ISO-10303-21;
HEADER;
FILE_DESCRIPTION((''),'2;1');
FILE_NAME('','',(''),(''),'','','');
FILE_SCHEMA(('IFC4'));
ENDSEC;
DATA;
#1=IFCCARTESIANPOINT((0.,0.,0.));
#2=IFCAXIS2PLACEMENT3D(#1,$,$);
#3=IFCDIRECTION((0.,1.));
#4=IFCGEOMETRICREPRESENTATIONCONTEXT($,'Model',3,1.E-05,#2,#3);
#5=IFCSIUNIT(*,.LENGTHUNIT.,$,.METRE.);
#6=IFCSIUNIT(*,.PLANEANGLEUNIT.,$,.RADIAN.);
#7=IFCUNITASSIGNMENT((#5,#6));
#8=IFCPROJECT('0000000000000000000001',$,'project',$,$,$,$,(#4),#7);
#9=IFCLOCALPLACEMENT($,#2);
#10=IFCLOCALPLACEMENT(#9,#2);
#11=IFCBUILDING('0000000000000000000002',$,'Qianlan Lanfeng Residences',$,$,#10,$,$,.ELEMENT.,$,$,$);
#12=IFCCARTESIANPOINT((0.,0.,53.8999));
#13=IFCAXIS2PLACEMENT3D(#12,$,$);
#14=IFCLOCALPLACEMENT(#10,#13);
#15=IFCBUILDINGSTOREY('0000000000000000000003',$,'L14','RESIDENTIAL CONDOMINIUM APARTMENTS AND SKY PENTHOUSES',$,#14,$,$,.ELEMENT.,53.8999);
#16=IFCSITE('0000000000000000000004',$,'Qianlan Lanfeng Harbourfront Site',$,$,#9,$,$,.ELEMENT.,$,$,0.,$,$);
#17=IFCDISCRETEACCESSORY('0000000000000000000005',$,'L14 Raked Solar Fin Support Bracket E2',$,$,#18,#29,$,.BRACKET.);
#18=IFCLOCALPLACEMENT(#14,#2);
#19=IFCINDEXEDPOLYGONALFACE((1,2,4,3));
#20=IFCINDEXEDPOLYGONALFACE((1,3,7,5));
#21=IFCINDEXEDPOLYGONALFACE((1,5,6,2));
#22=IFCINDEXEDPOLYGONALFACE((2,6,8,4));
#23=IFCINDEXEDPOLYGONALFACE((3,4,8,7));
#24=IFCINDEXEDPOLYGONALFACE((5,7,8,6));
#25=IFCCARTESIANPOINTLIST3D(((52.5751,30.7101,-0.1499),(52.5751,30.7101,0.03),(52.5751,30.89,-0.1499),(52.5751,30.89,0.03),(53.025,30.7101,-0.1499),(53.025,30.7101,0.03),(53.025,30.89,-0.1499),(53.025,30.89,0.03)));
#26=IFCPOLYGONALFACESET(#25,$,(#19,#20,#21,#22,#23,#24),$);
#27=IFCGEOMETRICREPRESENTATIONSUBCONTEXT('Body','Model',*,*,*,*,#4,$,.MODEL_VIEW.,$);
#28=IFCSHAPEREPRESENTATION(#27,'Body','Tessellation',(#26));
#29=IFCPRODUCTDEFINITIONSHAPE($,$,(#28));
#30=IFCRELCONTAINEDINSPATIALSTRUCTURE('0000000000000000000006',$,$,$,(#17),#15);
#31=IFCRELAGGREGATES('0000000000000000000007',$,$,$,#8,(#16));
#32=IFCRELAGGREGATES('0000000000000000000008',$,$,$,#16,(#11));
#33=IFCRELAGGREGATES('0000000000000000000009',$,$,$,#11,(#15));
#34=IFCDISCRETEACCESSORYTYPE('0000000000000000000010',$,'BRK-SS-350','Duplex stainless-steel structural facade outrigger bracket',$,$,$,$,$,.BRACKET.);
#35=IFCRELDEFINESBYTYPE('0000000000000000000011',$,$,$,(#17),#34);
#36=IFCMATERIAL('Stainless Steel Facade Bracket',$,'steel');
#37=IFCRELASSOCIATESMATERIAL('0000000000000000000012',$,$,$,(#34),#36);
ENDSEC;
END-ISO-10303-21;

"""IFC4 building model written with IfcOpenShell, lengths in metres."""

from ifc_helpers import new_model, si_unit, direction, frame, origin, origin_2d, place, context, subcontext, project, spatial, rectangle, extrude, source, transform, mapped, material, type_object, element, save


model = new_model("IFC4")

# Units and contexts
model_context = context("Model", 3, precision=1e-05, world=origin(), true_north=direction((0.0, 1.0)))
body_context = subcontext(model_context, "Body", "Model", "MODEL_VIEW")
ifc_project = project(units=[si_unit("LENGTHUNIT", "METRE"), si_unit("PLANEANGLEUNIT", "RADIAN")], contexts=[model_context])

# Site, building, storey
site_placement = place(None, origin())
site = spatial("IfcSite", under=ifc_project, at=site_placement, Name="Qianlan Lanfeng Harbourfront Site", CompositionType="ELEMENT", RefElevation=0.0)
building_placement = place(site_placement, origin())
building = spatial("IfcBuilding", under=site, at=building_placement, Name="Qianlan Lanfeng Residences", CompositionType="ELEMENT")
storey_placement = place(building_placement, frame((0.0, 0.0, 53.8999)))
storey = spatial("IfcBuildingStorey", under=building, at=storey_placement, Name="L14", Description="RESIDENTIAL CONDOMINIUM APARTMENTS AND SKY PENTHOUSES", CompositionType="ELEMENT", Elevation=53.8999)

# Discrete accessory
ifc_material_1 = material(Name="Stainless Steel Facade Bracket", Category="steel")
discrete_accessory_type = type_object("IfcDiscreteAccessoryType", Name="BRK-SS-350", Description="Duplex stainless-steel structural facade outrigger bracket", PredefinedType="BRACKET", material=ifc_material_1)
shared_shape_1 = source(origin(), body_context, "Body", "SweptSolid", [
    extrude(rectangle(XDim=0.45, YDim=0.1799, at=origin_2d()), origin(), (0.0, 0.0, 1.0), 0.1799),
])
discrete_accessory_placement = place(storey_placement, frame((52.8, 30.8, -0.1499), z_axis=(0.0, 0.0, 1.0), x_axis=(1.0, 0.0, 0.0)))
element("IfcDiscreteAccessory", 1, at=discrete_accessory_placement, inside=storey, type_object=discrete_accessory_type, Name="L14 Raked Solar Fin Support Bracket E2", PredefinedType="BRACKET", context=body_context, shape_type="MappedRepresentation", body=[
    mapped(shared_shape_1, transform((0.0, 0.0, 0.0), scale=1.0)),
])

save(model, "model.ifc")
